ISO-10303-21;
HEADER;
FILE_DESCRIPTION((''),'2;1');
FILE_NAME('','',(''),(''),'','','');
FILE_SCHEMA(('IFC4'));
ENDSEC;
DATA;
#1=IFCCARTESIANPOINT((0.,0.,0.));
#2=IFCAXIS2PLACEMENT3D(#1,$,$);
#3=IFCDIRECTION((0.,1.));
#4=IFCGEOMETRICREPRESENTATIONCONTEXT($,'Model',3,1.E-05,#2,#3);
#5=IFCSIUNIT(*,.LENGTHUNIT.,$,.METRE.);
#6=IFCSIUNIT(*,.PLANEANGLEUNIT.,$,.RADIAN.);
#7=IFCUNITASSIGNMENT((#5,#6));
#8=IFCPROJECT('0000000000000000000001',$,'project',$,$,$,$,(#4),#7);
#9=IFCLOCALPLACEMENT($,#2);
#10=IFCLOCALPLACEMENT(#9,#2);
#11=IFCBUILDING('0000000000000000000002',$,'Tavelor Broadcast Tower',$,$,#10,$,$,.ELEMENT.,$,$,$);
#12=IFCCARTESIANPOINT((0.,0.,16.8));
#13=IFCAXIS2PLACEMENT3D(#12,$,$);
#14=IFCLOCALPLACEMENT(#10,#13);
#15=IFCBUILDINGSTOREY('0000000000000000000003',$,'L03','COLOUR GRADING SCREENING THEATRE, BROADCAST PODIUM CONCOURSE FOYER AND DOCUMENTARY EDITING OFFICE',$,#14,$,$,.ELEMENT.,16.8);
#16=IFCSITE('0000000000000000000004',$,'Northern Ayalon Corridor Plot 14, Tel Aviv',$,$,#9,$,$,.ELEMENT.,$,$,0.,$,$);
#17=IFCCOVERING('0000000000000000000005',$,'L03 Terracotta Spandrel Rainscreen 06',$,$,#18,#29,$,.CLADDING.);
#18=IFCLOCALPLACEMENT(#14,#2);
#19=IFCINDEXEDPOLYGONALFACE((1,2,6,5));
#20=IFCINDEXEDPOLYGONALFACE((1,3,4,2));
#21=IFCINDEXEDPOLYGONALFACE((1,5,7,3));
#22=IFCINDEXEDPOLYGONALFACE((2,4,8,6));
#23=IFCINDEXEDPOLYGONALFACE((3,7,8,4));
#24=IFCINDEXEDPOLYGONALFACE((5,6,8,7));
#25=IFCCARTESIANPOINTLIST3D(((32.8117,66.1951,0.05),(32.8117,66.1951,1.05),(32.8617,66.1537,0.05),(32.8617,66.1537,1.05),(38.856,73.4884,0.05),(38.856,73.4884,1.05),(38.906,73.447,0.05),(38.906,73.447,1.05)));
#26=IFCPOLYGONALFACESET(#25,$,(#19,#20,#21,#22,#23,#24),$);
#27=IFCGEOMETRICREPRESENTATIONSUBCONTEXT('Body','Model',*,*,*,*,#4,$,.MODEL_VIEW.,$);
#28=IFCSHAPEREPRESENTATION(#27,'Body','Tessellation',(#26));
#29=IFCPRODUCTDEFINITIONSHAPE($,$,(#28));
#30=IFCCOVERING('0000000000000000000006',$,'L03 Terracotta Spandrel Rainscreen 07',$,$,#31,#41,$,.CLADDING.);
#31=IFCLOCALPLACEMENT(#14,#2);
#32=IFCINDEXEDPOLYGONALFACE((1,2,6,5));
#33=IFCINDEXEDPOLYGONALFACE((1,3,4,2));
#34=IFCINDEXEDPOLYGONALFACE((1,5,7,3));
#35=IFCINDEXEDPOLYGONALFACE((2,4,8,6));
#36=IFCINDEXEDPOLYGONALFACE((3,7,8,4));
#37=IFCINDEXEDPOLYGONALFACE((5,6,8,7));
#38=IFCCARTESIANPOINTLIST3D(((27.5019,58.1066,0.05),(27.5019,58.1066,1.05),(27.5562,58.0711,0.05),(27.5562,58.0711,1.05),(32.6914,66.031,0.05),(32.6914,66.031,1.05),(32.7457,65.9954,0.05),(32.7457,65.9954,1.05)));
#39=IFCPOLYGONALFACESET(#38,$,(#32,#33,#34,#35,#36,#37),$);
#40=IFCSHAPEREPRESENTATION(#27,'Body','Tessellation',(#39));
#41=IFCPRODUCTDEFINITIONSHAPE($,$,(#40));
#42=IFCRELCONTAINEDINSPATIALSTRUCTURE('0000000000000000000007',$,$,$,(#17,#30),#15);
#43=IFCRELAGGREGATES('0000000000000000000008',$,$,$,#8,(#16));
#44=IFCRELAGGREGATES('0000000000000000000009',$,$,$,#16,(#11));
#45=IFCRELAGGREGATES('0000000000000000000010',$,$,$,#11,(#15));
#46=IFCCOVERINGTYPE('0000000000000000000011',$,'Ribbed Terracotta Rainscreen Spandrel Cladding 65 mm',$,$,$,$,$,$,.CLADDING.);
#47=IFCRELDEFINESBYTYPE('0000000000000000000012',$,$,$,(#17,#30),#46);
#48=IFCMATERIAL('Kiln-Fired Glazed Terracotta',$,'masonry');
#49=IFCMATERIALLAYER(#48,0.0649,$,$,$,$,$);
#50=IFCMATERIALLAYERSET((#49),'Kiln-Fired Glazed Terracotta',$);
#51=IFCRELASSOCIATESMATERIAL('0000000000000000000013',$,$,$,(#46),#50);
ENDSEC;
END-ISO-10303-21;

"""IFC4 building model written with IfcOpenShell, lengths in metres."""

from ifc_helpers import new_model, si_unit, direction, frame, origin, origin_2d, place, context, subcontext, project, spatial, rectangle, extrude, material, layer, layer_set, type_object, element, save


model = new_model("IFC4")

# Units and contexts
model_context = context("Model", 3, precision=1e-05, world=origin(), true_north=direction((0.0, 1.0)))
body_context = subcontext(model_context, "Body", "Model", "MODEL_VIEW")
ifc_project = project(units=[si_unit("LENGTHUNIT", "METRE"), si_unit("PLANEANGLEUNIT", "RADIAN")], contexts=[model_context])

# Site, building, storey
site_placement = place(None, origin())
site = spatial("IfcSite", under=ifc_project, at=site_placement, Name="Northern Ayalon Corridor Plot 14, Tel Aviv", CompositionType="ELEMENT", RefElevation=0.0)
building_placement = place(site_placement, origin())
building = spatial("IfcBuilding", under=site, at=building_placement, Name="Tavelor Broadcast Tower", CompositionType="ELEMENT")
storey_placement = place(building_placement, frame((0.0, 0.0, 16.8)))
storey = spatial("IfcBuildingStorey", under=building, at=storey_placement, Name="L03", Description="COLOUR GRADING SCREENING THEATRE, BROADCAST PODIUM CONCOURSE FOYER AND DOCUMENTARY EDITING OFFICE", CompositionType="ELEMENT", Elevation=16.8)

# Coverings
ifc_material_1 = material(Name="Kiln-Fired Glazed Terracotta", Category="masonry")
ifc_layer_1 = layer(ifc_material_1, 0.0649)
ifc_layer_set_1 = layer_set([ifc_layer_1], Name="Kiln-Fired Glazed Terracotta")
covering_type = type_object("IfcCoveringType", Name="Ribbed Terracotta Rainscreen Spandrel Cladding 65 mm", PredefinedType="CLADDING", material=ifc_layer_set_1)
for number, where, z_axis, x_axis, name in (
    (1, (35.8589, 69.821, 0.05), (0.0, 0.0, 1.0), (-0.638096, -0.769957, 0.0), "L03 Terracotta Spandrel Rainscreen 06"),
    (2, (30.1238, 62.051, 0.05), (0.0, 0.0, 1.0), (-0.547855, -0.836573, 0.0), "L03 Terracotta Spandrel Rainscreen 07"),
):
    element("IfcCovering", number, at=place(storey_placement, frame(where, z_axis=z_axis, x_axis=x_axis)), inside=storey, type_object=covering_type, Name=name, PredefinedType="CLADDING", context=body_context, shape_type="SweptSolid", body=[
        extrude(rectangle(XDim=9.4724, YDim=0.0649, at=origin_2d()), origin(), (0.0, 0.0, 1.0), 1.0),
    ])

save(model, "model.ifc")
